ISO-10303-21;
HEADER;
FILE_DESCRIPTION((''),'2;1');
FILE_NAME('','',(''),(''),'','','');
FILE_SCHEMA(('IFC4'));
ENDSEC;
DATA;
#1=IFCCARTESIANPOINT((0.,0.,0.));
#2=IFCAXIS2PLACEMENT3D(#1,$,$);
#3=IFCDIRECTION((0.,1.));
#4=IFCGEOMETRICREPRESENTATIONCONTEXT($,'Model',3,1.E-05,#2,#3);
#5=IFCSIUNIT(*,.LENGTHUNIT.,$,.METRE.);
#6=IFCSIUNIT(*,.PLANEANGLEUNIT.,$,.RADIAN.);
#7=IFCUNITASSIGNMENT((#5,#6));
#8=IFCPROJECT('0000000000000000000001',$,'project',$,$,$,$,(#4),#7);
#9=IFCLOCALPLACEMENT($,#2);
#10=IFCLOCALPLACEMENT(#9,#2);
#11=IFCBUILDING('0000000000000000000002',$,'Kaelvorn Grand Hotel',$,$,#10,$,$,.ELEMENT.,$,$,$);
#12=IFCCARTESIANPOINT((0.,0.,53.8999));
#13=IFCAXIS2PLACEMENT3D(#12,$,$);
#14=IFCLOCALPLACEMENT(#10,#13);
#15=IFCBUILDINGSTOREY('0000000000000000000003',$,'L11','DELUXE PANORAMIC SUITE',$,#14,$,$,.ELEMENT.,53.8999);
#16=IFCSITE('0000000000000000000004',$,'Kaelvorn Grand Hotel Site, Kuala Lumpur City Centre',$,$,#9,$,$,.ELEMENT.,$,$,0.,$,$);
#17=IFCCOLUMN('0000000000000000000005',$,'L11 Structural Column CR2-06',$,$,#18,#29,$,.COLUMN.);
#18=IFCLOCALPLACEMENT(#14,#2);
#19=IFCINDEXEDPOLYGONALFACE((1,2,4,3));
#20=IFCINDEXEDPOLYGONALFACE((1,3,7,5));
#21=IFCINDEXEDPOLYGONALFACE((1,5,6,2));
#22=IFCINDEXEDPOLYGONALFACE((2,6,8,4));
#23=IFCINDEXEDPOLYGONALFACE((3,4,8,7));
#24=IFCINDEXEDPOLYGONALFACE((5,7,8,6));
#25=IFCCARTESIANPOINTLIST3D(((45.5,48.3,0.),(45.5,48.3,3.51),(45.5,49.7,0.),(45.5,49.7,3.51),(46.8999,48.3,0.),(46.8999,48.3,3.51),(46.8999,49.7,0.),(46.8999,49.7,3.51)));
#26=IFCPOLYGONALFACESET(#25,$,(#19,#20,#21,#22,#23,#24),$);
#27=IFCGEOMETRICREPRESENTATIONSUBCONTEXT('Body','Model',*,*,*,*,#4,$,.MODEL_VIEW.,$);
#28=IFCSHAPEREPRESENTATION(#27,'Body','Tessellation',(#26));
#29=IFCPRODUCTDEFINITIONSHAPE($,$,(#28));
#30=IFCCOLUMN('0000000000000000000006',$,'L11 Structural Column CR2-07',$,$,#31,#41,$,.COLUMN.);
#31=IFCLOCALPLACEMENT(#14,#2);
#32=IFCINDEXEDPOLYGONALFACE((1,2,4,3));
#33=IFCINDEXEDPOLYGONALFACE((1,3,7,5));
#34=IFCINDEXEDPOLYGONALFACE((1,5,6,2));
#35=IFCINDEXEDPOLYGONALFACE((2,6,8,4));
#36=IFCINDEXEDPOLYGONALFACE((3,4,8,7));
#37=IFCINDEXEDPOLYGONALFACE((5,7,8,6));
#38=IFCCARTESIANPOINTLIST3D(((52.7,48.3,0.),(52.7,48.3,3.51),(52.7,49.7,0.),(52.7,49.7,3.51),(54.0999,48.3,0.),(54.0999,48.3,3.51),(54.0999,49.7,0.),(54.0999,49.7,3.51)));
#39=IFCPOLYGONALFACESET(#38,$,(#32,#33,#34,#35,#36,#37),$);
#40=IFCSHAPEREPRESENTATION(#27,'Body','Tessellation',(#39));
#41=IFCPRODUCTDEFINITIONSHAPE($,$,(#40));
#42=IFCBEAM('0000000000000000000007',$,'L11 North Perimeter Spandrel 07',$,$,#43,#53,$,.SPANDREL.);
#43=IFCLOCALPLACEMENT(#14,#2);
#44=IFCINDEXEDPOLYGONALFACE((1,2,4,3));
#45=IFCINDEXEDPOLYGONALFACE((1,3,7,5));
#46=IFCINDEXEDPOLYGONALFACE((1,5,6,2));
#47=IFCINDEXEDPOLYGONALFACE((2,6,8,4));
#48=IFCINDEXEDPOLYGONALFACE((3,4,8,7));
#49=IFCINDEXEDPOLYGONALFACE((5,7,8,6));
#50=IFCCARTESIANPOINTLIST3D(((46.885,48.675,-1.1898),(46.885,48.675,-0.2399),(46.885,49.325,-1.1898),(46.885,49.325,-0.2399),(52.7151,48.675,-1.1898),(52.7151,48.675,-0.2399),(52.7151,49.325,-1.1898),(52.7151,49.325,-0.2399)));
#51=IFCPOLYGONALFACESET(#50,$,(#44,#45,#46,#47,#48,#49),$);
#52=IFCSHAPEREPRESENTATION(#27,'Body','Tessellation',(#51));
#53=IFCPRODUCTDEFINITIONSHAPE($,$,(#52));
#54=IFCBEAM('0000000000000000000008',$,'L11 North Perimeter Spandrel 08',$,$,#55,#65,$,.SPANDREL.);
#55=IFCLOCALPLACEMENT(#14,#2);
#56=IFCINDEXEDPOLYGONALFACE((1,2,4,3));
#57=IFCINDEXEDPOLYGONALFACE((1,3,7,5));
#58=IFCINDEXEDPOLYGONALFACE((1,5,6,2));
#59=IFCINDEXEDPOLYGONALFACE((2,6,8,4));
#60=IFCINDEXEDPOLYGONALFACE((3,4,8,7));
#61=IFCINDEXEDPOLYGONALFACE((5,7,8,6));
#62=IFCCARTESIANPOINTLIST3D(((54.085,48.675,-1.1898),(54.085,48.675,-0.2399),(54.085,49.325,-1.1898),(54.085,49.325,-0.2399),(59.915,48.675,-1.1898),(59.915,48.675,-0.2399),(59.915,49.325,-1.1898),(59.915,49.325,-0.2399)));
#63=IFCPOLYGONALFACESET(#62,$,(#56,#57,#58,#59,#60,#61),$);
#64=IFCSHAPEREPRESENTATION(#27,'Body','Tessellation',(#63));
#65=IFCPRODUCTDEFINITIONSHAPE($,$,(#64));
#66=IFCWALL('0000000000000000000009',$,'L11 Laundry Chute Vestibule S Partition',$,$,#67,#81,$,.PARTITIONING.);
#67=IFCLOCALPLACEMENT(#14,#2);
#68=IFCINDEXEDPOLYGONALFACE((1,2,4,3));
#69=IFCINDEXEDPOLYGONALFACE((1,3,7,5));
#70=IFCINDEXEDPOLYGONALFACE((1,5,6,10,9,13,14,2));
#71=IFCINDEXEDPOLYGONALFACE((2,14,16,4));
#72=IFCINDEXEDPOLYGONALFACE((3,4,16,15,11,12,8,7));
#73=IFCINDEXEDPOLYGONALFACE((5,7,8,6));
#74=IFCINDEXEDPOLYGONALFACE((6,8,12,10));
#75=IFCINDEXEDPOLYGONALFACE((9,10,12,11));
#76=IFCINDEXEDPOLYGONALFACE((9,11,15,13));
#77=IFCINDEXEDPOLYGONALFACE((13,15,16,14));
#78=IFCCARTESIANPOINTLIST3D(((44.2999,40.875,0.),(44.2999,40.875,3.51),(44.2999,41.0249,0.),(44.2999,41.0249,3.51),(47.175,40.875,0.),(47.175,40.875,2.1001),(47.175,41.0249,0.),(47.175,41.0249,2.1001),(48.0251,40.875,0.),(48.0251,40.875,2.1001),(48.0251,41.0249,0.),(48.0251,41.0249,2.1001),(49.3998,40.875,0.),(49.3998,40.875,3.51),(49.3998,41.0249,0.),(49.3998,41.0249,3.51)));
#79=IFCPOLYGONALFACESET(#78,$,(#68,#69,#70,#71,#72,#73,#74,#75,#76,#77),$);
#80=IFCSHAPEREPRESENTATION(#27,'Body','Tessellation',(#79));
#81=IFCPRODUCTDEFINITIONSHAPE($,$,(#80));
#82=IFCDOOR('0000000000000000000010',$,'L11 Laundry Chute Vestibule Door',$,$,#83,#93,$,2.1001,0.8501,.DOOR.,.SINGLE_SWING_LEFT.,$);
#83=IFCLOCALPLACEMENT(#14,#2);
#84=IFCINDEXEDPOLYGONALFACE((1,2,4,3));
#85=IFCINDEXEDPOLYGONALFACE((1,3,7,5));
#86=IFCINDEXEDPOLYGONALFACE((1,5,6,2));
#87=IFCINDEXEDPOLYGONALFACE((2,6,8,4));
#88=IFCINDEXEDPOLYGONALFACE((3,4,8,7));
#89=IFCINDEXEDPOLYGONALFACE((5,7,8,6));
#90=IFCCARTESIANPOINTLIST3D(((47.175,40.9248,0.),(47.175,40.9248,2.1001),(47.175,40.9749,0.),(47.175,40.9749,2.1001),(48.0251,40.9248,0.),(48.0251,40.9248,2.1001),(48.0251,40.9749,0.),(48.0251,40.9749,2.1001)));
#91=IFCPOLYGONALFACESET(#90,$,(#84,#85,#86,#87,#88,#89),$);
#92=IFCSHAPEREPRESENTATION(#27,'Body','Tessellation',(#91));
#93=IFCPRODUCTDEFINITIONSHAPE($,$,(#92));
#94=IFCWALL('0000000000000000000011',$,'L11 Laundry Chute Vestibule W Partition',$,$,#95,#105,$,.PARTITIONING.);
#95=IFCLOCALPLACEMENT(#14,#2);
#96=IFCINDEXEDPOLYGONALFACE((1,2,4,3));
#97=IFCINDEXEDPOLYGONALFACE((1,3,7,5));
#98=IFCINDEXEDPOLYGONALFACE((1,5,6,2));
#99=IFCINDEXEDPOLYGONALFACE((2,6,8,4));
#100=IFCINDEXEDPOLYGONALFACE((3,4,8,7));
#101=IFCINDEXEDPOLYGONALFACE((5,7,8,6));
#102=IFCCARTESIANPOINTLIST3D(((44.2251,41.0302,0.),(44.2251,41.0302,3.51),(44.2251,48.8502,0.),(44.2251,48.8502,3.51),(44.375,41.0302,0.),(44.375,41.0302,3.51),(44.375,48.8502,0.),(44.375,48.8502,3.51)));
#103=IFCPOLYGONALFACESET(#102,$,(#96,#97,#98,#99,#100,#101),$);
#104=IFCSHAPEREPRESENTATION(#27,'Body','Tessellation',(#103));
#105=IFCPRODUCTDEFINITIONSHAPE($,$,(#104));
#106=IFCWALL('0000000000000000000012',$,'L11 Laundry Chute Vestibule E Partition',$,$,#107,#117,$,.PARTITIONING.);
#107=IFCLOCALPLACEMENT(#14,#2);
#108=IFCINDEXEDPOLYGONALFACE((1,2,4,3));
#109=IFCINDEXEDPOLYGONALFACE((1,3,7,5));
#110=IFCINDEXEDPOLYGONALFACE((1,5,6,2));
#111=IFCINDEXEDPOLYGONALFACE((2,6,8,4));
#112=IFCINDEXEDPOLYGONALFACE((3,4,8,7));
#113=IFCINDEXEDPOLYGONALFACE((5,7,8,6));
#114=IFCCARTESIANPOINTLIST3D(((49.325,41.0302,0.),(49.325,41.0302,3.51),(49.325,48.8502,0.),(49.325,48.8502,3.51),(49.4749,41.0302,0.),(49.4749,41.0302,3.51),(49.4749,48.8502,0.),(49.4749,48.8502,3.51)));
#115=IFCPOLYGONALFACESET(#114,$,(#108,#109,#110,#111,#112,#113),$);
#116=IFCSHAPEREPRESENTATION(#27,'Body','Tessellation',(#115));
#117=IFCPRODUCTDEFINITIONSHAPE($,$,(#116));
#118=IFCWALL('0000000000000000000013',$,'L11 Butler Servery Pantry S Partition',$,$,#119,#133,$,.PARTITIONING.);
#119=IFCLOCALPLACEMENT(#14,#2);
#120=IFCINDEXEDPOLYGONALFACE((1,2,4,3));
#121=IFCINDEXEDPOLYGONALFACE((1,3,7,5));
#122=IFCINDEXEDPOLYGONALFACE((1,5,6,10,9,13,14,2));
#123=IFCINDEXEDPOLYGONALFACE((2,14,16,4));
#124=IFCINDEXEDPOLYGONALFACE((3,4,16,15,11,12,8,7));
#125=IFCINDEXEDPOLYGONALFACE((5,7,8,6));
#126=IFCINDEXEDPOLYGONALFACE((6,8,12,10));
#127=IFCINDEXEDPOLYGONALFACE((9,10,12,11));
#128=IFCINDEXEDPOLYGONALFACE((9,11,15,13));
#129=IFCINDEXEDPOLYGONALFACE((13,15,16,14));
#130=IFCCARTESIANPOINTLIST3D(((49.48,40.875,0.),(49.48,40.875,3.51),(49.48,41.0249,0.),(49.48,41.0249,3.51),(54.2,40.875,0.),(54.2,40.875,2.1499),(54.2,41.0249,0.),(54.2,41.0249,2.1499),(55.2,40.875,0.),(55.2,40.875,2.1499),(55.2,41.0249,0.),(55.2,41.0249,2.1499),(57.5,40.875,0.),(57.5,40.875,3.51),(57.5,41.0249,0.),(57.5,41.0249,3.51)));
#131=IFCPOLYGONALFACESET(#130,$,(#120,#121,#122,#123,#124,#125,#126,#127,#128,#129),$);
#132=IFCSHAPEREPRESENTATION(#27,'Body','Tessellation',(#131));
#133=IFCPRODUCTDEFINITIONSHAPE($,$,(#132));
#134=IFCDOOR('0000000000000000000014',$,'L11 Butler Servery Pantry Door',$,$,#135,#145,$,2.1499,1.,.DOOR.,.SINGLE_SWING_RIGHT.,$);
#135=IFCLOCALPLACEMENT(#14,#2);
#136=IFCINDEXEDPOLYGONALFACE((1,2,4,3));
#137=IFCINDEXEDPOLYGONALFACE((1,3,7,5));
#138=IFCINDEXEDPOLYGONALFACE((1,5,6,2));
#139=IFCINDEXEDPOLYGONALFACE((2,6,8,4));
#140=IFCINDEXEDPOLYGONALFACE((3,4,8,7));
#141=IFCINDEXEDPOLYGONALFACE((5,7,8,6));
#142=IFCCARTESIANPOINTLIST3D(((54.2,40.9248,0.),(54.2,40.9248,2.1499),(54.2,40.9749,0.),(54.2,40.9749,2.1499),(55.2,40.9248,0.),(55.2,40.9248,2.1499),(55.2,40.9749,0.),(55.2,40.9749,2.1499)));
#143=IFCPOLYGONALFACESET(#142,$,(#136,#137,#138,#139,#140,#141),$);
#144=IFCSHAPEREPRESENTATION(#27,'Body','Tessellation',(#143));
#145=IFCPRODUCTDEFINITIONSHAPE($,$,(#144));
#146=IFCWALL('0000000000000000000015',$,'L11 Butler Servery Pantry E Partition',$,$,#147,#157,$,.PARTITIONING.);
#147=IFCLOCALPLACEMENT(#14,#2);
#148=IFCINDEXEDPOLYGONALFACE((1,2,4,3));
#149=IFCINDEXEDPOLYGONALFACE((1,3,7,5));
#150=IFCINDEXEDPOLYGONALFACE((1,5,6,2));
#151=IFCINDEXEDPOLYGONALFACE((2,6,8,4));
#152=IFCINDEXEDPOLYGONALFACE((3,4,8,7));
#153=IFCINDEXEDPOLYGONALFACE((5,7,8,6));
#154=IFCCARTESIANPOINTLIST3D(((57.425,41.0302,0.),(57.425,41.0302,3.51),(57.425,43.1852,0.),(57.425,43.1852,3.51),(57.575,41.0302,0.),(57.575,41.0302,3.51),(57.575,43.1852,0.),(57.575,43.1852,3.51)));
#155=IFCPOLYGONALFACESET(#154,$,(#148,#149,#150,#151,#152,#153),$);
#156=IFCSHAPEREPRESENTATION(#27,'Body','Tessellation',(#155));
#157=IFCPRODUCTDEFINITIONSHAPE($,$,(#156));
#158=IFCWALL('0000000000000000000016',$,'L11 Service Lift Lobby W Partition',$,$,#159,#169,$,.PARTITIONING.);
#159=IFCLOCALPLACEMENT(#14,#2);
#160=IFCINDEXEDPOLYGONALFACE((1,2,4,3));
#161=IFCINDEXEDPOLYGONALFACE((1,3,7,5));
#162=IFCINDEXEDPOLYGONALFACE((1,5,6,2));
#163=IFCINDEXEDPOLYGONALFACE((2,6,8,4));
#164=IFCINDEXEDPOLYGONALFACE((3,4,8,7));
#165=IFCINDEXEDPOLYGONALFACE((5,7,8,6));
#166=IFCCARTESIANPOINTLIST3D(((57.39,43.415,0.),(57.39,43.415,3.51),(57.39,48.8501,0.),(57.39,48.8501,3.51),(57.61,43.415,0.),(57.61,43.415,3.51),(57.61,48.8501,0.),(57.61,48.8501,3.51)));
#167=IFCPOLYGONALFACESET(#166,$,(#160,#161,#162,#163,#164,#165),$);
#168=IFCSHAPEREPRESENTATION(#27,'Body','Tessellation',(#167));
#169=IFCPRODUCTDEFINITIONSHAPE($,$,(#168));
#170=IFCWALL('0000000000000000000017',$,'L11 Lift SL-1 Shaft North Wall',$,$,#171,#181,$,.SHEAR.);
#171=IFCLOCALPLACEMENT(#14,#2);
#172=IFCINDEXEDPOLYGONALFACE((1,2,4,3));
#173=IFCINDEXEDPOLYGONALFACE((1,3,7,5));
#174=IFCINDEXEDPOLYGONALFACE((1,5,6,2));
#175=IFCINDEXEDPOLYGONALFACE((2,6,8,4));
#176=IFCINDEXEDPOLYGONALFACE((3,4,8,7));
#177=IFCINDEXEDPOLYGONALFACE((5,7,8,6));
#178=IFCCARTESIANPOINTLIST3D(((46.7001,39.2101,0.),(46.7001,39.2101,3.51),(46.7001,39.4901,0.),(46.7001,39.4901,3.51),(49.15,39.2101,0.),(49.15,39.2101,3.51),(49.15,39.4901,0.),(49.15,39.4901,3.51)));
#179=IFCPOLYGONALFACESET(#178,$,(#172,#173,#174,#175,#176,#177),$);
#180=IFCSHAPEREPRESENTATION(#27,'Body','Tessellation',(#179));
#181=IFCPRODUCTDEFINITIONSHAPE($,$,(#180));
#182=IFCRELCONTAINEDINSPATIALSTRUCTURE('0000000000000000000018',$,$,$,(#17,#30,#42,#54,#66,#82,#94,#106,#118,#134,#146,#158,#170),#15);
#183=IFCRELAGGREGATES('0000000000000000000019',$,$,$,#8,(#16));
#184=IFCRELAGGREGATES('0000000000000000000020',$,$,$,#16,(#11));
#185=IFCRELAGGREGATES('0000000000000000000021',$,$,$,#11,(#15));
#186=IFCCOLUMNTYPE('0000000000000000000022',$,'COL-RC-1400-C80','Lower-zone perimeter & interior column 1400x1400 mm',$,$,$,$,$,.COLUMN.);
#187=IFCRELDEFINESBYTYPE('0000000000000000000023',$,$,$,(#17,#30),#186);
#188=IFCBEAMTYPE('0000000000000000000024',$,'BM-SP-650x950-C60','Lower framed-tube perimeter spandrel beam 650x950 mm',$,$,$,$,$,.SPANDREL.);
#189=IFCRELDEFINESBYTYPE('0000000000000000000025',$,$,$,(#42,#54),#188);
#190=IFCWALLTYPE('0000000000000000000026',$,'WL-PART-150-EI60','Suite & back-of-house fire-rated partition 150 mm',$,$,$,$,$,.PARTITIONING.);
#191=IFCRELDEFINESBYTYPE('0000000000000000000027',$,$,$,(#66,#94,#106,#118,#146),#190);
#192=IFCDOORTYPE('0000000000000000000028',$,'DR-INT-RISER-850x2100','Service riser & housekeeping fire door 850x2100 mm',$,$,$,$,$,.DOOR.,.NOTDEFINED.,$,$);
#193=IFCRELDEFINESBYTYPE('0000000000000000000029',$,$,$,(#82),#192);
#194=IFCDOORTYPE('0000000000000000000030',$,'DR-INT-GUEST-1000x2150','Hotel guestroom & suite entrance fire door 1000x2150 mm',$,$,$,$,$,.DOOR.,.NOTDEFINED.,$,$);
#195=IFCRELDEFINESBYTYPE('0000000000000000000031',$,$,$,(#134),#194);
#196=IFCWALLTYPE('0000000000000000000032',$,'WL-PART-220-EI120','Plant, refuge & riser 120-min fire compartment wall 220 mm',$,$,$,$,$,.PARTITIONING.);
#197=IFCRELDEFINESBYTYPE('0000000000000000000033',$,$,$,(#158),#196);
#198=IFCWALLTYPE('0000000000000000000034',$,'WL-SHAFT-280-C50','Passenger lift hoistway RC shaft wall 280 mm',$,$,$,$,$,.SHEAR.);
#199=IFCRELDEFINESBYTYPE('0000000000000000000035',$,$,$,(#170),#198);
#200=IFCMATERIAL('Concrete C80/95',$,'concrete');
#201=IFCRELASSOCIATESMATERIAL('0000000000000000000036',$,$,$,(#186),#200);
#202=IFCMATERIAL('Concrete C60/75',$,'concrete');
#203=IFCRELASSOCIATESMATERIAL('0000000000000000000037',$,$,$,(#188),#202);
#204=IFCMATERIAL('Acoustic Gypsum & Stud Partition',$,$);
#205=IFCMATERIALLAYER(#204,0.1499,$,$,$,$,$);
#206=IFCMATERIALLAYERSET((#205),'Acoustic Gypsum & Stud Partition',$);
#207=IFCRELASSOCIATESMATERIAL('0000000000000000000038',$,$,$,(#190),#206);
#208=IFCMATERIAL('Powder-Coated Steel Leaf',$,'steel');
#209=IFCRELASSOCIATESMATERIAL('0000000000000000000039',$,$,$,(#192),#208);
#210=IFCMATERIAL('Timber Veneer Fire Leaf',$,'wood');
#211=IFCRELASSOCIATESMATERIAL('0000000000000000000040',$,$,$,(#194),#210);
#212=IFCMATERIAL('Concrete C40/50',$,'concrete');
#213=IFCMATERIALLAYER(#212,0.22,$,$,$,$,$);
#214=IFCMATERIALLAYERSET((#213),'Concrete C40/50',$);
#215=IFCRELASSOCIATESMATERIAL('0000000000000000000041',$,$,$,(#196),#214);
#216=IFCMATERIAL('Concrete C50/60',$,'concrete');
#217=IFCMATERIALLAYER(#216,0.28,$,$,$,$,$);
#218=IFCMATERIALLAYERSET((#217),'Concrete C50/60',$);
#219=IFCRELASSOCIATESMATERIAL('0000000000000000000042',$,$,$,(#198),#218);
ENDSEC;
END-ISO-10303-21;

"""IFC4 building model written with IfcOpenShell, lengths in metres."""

from ifc_helpers import new_model, si_unit, direction, frame, frame_2d, origin, origin_2d, place, context, subcontext, project, spatial, rectangle, extrude, material, layer, layer_set, material_profile, profile_set, type_object, element, fill, save


model = new_model("IFC4")

# Units and contexts
model_context = context("Model", 3, precision=1e-05, world=origin(), true_north=direction((0.0, 1.0)))
body_context = subcontext(model_context, "Body", "Model", "MODEL_VIEW")
ifc_project = project(units=[si_unit("LENGTHUNIT", "METRE"), si_unit("PLANEANGLEUNIT", "RADIAN")], contexts=[model_context])

# Site, building, storey
site_placement = place(None, origin())
site = spatial("IfcSite", under=ifc_project, at=site_placement, Name="Kaelvorn Grand Hotel Site, Kuala Lumpur City Centre", CompositionType="ELEMENT", RefElevation=0.0)
building_placement = place(site_placement, origin())
building = spatial("IfcBuilding", under=site, at=building_placement, Name="Kaelvorn Grand Hotel", CompositionType="ELEMENT")
storey_placement = place(building_placement, frame((0.0, 0.0, 53.8999)))
storey = spatial("IfcBuildingStorey", under=building, at=storey_placement, Name="L11", Description="DELUXE PANORAMIC SUITE", CompositionType="ELEMENT", Elevation=53.8999)

# Columns
ifc_material_1 = material(Name="Concrete C80/95", Category="concrete")
ifc_material_profile_1 = material_profile(ifc_material_1, rectangle(XDim=1.3999, YDim=1.3999, at=origin_2d()), Name="RC COL 1400x1400")
ifc_profile_set_1 = profile_set([ifc_material_profile_1], Name="Concrete C80/95")
column_type = type_object("IfcColumnType", Name="COL-RC-1400-C80", Description="Lower-zone perimeter & interior column 1400x1400 mm", PredefinedType="COLUMN", material=ifc_profile_set_1)
for number, where, z_axis, x_axis, name in (
    (1, (46.2, 49.0, 0.0), (0.0, 0.0, 1.0), (1.0, 0.0, 0.0), "L11 Structural Column CR2-06"),
    (2, (53.3999, 49.0, 0.0), (0.0, 0.0, 1.0), (1.0, 0.0, 0.0), "L11 Structural Column CR2-07"),
):
    element("IfcColumn", number, at=place(storey_placement, frame(where, z_axis=z_axis, x_axis=x_axis)), inside=storey, type_object=column_type, Name=name, PredefinedType="COLUMN", context=body_context, shape_type="SweptSolid", body=[
        extrude(rectangle(XDim=1.3999, YDim=1.3999, at=origin_2d()), origin(), (0.0, 0.0, 1.0), 3.51),
    ])

# Beams
ifc_material_2 = material(Name="Concrete C60/75", Category="concrete")
ifc_material_profile_2 = material_profile(ifc_material_2, rectangle(XDim=0.6499, YDim=0.95, at=origin_2d()), Name="RC SPANDREL 650x950")
ifc_profile_set_2 = profile_set([ifc_material_profile_2], Name="Concrete C60/75")
beam_type = type_object("IfcBeamType", Name="BM-SP-650x950-C60", Description="Lower framed-tube perimeter spandrel beam 650x950 mm", PredefinedType="SPANDREL", material=ifc_profile_set_2)
for number, where, z_axis, x_axis, name in (
    (3, (46.885, 49.0, -0.7148), (1.0, 0.0, 0.0), (0.0, 1.0, 0.0), "L11 North Perimeter Spandrel 07"),
    (4, (54.085, 49.0, -0.7148), (1.0, 0.0, 0.0), (0.0, 1.0, 0.0), "L11 North Perimeter Spandrel 08"),
):
    element("IfcBeam", number, at=place(storey_placement, frame(where, z_axis=z_axis, x_axis=x_axis)), inside=storey, type_object=beam_type, Name=name, PredefinedType="SPANDREL", context=body_context, shape_type="SweptSolid", body=[
        extrude(rectangle(XDim=0.6499, YDim=0.95, at=origin_2d()), origin(), (0.0, 0.0, 1.0), 5.8301),
    ])

# Wall, opening, door
ifc_material_3 = material(Name="Acoustic Gypsum & Stud Partition")
ifc_layer_1 = layer(ifc_material_3, 0.1499)
ifc_layer_set_1 = layer_set([ifc_layer_1], Name="Acoustic Gypsum & Stud Partition")
wall_type_1 = type_object("IfcWallType", Name="WL-PART-150-EI60", Description="Suite & back-of-house fire-rated partition 150 mm", PredefinedType="PARTITIONING", material=ifc_layer_set_1)
wall_1_placement = place(storey_placement, frame((44.3, 40.95, 0.0), z_axis=(0.0, 0.0, 1.0), x_axis=(1.0, 0.0, 0.0)))
wall_1 = element("IfcWall", 5, at=wall_1_placement, inside=storey, type_object=wall_type_1, Name="L11 Laundry Chute Vestibule S Partition", PredefinedType="PARTITIONING", context=body_context, shape_type="SweptSolid", body=[
    extrude(rectangle(XDim=5.0999, YDim=0.1499, at=frame_2d((2.5498, 0.0))), origin(), (0.0, 0.0, 1.0), 3.51),
])
opening_1_placement = place(wall_1_placement, frame((2.875, 0.0, 0.0)))
opening_1 = element("IfcOpeningElement", 6, at=opening_1_placement, cuts=wall_1, PredefinedType="OPENING", context=body_context, shape_type="SweptSolid", body=[
    extrude(rectangle(XDim=0.8501, YDim=2.1001, at=frame_2d((0.425, 1.05))), frame((0.0, 0.085, 0.0), z_axis=(0.0, -1.0, 0.0), x_axis=(1.0, 0.0, 0.0)), (0.0, 0.0, 1.0), 0.1699),
])
ifc_material_4 = material(Name="Powder-Coated Steel Leaf", Category="steel")
door_type_1 = type_object("IfcDoorType", Name="DR-INT-RISER-850x2100", Description="Service riser & housekeeping fire door 850x2100 mm", OperationType="NOTDEFINED", PredefinedType="DOOR", material=ifc_material_4)
door_1_placement = place(opening_1_placement, origin())
door_1 = element("IfcDoor", 7, at=door_1_placement, inside=storey, type_object=door_type_1, Name="L11 Laundry Chute Vestibule Door", OperationType="SINGLE_SWING_LEFT", OverallHeight=2.1001, OverallWidth=0.8501, PredefinedType="DOOR", context=body_context, shape_type="SweptSolid", body=[
    extrude(rectangle(XDim=0.8501, YDim=2.1001, at=frame_2d((0.425, 1.05))), frame((0.0, 0.0249, 0.0), z_axis=(0.0, -1.0, 0.0), x_axis=(1.0, 0.0, 0.0)), (0.0, 0.0, 1.0), 0.05),
])
fill(opening_1, door_1)

# Walls
for number, where, z_axis, x_axis, name in (
    (8, (44.3, 41.03, 0.0), (0.0, 0.0, 1.0), (0.0, 1.0, 0.0), "L11 Laundry Chute Vestibule W Partition"),
    (9, (49.3999, 41.03, 0.0), (0.0, 0.0, 1.0), (0.0, 1.0, 0.0), "L11 Laundry Chute Vestibule E Partition"),
):
    element("IfcWall", number, at=place(storey_placement, frame(where, z_axis=z_axis, x_axis=x_axis)), inside=storey, type_object=wall_type_1, Name=name, PredefinedType="PARTITIONING", context=body_context, shape_type="SweptSolid", body=[
        extrude(rectangle(XDim=7.8201, YDim=0.1499, at=frame_2d((3.9102, 0.0))), origin(), (0.0, 0.0, 1.0), 3.51),
    ])

# Wall, opening, door
wall_2_placement = place(storey_placement, frame((49.48, 40.95, 0.0), z_axis=(0.0, 0.0, 1.0), x_axis=(1.0, 0.0, 0.0)))
wall_2 = element("IfcWall", 10, at=wall_2_placement, inside=storey, type_object=wall_type_1, Name="L11 Butler Servery Pantry S Partition", PredefinedType="PARTITIONING", context=body_context, shape_type="SweptSolid", body=[
    extrude(rectangle(XDim=8.02, YDim=0.1499, at=frame_2d((4.01, 0.0))), origin(), (0.0, 0.0, 1.0), 3.51),
])
opening_2_placement = place(wall_2_placement, frame((4.72, 0.0, 0.0)))
opening_2 = element("IfcOpeningElement", 11, at=opening_2_placement, cuts=wall_2, PredefinedType="OPENING", context=body_context, shape_type="SweptSolid", body=[
    extrude(rectangle(XDim=1.0, YDim=2.1499, at=frame_2d((0.5, 1.075))), frame((0.0, 0.085, 0.0), z_axis=(0.0, -1.0, 0.0), x_axis=(1.0, 0.0, 0.0)), (0.0, 0.0, 1.0), 0.1699),
])
ifc_material_5 = material(Name="Timber Veneer Fire Leaf", Category="wood")
door_type_2 = type_object("IfcDoorType", Name="DR-INT-GUEST-1000x2150", Description="Hotel guestroom & suite entrance fire door 1000x2150 mm", OperationType="NOTDEFINED", PredefinedType="DOOR", material=ifc_material_5)
door_2_placement = place(opening_2_placement, origin())
door_2 = element("IfcDoor", 12, at=door_2_placement, inside=storey, type_object=door_type_2, Name="L11 Butler Servery Pantry Door", OperationType="SINGLE_SWING_RIGHT", OverallHeight=2.1499, OverallWidth=1.0, PredefinedType="DOOR", context=body_context, shape_type="SweptSolid", body=[
    extrude(rectangle(XDim=1.0, YDim=2.1499, at=frame_2d((0.5, 1.075))), frame((0.0, 0.0249, 0.0), z_axis=(0.0, -1.0, 0.0), x_axis=(1.0, 0.0, 0.0)), (0.0, 0.0, 1.0), 0.05),
])
fill(opening_2, door_2)

# Wall
wall_3_placement = place(storey_placement, frame((57.5, 41.03, 0.0), z_axis=(0.0, 0.0, 1.0), x_axis=(0.0, 1.0, 0.0)))
element("IfcWall", 13, at=wall_3_placement, inside=storey, type_object=wall_type_1, Name="L11 Butler Servery Pantry E Partition", PredefinedType="PARTITIONING", context=body_context, shape_type="SweptSolid", body=[
    extrude(rectangle(XDim=2.155, YDim=0.1499, at=frame_2d((1.0776, 0.0))), origin(), (0.0, 0.0, 1.0), 3.51),
])

# Shared definitions
ifc_material_6 = material(Name="Concrete C40/50", Category="concrete")
ifc_layer_2 = layer(ifc_material_6, 0.22)
ifc_layer_set_2 = layer_set([ifc_layer_2], Name="Concrete C40/50")
wall_type_2 = type_object("IfcWallType", Name="WL-PART-220-EI120", Description="Plant, refuge & riser 120-min fire compartment wall 220 mm", PredefinedType="PARTITIONING", material=ifc_layer_set_2)

# Walls
wall_4_placement = place(storey_placement, frame((57.5, 43.415, 0.0), z_axis=(0.0, 0.0, 1.0), x_axis=(0.0, 1.0, 0.0)))
element("IfcWall", 14, at=wall_4_placement, inside=storey, type_object=wall_type_2, Name="L11 Service Lift Lobby W Partition", PredefinedType="PARTITIONING", context=body_context, shape_type="SweptSolid", body=[
    extrude(rectangle(XDim=5.4351, YDim=0.22, at=frame_2d((2.7175, 0.0))), origin(), (0.0, 0.0, 1.0), 3.51),
])
ifc_material_7 = material(Name="Concrete C50/60", Category="concrete")
ifc_layer_3 = layer(ifc_material_7, 0.28)
ifc_layer_set_3 = layer_set([ifc_layer_3], Name="Concrete C50/60")
wall_type_3 = type_object("IfcWallType", Name="WL-SHAFT-280-C50", Description="Passenger lift hoistway RC shaft wall 280 mm", PredefinedType="SHEAR", material=ifc_layer_set_3)
for number, where, z_axis, x_axis, name in (
    (15, (46.7, 39.3501, 0.0), (0.0, 0.0, 1.0), (1.0, 0.0, 0.0), "L11 Lift SL-1 Shaft North Wall"),
):
    element("IfcWall", number, at=place(storey_placement, frame(where, z_axis=z_axis, x_axis=x_axis)), inside=storey, type_object=wall_type_3, Name=name, PredefinedType="SHEAR", context=body_context, shape_type="SweptSolid", body=[
        extrude(rectangle(XDim=2.45, YDim=0.28, at=frame_2d((1.2251, 0.0))), origin(), (0.0, 0.0, 1.0), 3.51),
    ])

save(model, "model.ifc")
